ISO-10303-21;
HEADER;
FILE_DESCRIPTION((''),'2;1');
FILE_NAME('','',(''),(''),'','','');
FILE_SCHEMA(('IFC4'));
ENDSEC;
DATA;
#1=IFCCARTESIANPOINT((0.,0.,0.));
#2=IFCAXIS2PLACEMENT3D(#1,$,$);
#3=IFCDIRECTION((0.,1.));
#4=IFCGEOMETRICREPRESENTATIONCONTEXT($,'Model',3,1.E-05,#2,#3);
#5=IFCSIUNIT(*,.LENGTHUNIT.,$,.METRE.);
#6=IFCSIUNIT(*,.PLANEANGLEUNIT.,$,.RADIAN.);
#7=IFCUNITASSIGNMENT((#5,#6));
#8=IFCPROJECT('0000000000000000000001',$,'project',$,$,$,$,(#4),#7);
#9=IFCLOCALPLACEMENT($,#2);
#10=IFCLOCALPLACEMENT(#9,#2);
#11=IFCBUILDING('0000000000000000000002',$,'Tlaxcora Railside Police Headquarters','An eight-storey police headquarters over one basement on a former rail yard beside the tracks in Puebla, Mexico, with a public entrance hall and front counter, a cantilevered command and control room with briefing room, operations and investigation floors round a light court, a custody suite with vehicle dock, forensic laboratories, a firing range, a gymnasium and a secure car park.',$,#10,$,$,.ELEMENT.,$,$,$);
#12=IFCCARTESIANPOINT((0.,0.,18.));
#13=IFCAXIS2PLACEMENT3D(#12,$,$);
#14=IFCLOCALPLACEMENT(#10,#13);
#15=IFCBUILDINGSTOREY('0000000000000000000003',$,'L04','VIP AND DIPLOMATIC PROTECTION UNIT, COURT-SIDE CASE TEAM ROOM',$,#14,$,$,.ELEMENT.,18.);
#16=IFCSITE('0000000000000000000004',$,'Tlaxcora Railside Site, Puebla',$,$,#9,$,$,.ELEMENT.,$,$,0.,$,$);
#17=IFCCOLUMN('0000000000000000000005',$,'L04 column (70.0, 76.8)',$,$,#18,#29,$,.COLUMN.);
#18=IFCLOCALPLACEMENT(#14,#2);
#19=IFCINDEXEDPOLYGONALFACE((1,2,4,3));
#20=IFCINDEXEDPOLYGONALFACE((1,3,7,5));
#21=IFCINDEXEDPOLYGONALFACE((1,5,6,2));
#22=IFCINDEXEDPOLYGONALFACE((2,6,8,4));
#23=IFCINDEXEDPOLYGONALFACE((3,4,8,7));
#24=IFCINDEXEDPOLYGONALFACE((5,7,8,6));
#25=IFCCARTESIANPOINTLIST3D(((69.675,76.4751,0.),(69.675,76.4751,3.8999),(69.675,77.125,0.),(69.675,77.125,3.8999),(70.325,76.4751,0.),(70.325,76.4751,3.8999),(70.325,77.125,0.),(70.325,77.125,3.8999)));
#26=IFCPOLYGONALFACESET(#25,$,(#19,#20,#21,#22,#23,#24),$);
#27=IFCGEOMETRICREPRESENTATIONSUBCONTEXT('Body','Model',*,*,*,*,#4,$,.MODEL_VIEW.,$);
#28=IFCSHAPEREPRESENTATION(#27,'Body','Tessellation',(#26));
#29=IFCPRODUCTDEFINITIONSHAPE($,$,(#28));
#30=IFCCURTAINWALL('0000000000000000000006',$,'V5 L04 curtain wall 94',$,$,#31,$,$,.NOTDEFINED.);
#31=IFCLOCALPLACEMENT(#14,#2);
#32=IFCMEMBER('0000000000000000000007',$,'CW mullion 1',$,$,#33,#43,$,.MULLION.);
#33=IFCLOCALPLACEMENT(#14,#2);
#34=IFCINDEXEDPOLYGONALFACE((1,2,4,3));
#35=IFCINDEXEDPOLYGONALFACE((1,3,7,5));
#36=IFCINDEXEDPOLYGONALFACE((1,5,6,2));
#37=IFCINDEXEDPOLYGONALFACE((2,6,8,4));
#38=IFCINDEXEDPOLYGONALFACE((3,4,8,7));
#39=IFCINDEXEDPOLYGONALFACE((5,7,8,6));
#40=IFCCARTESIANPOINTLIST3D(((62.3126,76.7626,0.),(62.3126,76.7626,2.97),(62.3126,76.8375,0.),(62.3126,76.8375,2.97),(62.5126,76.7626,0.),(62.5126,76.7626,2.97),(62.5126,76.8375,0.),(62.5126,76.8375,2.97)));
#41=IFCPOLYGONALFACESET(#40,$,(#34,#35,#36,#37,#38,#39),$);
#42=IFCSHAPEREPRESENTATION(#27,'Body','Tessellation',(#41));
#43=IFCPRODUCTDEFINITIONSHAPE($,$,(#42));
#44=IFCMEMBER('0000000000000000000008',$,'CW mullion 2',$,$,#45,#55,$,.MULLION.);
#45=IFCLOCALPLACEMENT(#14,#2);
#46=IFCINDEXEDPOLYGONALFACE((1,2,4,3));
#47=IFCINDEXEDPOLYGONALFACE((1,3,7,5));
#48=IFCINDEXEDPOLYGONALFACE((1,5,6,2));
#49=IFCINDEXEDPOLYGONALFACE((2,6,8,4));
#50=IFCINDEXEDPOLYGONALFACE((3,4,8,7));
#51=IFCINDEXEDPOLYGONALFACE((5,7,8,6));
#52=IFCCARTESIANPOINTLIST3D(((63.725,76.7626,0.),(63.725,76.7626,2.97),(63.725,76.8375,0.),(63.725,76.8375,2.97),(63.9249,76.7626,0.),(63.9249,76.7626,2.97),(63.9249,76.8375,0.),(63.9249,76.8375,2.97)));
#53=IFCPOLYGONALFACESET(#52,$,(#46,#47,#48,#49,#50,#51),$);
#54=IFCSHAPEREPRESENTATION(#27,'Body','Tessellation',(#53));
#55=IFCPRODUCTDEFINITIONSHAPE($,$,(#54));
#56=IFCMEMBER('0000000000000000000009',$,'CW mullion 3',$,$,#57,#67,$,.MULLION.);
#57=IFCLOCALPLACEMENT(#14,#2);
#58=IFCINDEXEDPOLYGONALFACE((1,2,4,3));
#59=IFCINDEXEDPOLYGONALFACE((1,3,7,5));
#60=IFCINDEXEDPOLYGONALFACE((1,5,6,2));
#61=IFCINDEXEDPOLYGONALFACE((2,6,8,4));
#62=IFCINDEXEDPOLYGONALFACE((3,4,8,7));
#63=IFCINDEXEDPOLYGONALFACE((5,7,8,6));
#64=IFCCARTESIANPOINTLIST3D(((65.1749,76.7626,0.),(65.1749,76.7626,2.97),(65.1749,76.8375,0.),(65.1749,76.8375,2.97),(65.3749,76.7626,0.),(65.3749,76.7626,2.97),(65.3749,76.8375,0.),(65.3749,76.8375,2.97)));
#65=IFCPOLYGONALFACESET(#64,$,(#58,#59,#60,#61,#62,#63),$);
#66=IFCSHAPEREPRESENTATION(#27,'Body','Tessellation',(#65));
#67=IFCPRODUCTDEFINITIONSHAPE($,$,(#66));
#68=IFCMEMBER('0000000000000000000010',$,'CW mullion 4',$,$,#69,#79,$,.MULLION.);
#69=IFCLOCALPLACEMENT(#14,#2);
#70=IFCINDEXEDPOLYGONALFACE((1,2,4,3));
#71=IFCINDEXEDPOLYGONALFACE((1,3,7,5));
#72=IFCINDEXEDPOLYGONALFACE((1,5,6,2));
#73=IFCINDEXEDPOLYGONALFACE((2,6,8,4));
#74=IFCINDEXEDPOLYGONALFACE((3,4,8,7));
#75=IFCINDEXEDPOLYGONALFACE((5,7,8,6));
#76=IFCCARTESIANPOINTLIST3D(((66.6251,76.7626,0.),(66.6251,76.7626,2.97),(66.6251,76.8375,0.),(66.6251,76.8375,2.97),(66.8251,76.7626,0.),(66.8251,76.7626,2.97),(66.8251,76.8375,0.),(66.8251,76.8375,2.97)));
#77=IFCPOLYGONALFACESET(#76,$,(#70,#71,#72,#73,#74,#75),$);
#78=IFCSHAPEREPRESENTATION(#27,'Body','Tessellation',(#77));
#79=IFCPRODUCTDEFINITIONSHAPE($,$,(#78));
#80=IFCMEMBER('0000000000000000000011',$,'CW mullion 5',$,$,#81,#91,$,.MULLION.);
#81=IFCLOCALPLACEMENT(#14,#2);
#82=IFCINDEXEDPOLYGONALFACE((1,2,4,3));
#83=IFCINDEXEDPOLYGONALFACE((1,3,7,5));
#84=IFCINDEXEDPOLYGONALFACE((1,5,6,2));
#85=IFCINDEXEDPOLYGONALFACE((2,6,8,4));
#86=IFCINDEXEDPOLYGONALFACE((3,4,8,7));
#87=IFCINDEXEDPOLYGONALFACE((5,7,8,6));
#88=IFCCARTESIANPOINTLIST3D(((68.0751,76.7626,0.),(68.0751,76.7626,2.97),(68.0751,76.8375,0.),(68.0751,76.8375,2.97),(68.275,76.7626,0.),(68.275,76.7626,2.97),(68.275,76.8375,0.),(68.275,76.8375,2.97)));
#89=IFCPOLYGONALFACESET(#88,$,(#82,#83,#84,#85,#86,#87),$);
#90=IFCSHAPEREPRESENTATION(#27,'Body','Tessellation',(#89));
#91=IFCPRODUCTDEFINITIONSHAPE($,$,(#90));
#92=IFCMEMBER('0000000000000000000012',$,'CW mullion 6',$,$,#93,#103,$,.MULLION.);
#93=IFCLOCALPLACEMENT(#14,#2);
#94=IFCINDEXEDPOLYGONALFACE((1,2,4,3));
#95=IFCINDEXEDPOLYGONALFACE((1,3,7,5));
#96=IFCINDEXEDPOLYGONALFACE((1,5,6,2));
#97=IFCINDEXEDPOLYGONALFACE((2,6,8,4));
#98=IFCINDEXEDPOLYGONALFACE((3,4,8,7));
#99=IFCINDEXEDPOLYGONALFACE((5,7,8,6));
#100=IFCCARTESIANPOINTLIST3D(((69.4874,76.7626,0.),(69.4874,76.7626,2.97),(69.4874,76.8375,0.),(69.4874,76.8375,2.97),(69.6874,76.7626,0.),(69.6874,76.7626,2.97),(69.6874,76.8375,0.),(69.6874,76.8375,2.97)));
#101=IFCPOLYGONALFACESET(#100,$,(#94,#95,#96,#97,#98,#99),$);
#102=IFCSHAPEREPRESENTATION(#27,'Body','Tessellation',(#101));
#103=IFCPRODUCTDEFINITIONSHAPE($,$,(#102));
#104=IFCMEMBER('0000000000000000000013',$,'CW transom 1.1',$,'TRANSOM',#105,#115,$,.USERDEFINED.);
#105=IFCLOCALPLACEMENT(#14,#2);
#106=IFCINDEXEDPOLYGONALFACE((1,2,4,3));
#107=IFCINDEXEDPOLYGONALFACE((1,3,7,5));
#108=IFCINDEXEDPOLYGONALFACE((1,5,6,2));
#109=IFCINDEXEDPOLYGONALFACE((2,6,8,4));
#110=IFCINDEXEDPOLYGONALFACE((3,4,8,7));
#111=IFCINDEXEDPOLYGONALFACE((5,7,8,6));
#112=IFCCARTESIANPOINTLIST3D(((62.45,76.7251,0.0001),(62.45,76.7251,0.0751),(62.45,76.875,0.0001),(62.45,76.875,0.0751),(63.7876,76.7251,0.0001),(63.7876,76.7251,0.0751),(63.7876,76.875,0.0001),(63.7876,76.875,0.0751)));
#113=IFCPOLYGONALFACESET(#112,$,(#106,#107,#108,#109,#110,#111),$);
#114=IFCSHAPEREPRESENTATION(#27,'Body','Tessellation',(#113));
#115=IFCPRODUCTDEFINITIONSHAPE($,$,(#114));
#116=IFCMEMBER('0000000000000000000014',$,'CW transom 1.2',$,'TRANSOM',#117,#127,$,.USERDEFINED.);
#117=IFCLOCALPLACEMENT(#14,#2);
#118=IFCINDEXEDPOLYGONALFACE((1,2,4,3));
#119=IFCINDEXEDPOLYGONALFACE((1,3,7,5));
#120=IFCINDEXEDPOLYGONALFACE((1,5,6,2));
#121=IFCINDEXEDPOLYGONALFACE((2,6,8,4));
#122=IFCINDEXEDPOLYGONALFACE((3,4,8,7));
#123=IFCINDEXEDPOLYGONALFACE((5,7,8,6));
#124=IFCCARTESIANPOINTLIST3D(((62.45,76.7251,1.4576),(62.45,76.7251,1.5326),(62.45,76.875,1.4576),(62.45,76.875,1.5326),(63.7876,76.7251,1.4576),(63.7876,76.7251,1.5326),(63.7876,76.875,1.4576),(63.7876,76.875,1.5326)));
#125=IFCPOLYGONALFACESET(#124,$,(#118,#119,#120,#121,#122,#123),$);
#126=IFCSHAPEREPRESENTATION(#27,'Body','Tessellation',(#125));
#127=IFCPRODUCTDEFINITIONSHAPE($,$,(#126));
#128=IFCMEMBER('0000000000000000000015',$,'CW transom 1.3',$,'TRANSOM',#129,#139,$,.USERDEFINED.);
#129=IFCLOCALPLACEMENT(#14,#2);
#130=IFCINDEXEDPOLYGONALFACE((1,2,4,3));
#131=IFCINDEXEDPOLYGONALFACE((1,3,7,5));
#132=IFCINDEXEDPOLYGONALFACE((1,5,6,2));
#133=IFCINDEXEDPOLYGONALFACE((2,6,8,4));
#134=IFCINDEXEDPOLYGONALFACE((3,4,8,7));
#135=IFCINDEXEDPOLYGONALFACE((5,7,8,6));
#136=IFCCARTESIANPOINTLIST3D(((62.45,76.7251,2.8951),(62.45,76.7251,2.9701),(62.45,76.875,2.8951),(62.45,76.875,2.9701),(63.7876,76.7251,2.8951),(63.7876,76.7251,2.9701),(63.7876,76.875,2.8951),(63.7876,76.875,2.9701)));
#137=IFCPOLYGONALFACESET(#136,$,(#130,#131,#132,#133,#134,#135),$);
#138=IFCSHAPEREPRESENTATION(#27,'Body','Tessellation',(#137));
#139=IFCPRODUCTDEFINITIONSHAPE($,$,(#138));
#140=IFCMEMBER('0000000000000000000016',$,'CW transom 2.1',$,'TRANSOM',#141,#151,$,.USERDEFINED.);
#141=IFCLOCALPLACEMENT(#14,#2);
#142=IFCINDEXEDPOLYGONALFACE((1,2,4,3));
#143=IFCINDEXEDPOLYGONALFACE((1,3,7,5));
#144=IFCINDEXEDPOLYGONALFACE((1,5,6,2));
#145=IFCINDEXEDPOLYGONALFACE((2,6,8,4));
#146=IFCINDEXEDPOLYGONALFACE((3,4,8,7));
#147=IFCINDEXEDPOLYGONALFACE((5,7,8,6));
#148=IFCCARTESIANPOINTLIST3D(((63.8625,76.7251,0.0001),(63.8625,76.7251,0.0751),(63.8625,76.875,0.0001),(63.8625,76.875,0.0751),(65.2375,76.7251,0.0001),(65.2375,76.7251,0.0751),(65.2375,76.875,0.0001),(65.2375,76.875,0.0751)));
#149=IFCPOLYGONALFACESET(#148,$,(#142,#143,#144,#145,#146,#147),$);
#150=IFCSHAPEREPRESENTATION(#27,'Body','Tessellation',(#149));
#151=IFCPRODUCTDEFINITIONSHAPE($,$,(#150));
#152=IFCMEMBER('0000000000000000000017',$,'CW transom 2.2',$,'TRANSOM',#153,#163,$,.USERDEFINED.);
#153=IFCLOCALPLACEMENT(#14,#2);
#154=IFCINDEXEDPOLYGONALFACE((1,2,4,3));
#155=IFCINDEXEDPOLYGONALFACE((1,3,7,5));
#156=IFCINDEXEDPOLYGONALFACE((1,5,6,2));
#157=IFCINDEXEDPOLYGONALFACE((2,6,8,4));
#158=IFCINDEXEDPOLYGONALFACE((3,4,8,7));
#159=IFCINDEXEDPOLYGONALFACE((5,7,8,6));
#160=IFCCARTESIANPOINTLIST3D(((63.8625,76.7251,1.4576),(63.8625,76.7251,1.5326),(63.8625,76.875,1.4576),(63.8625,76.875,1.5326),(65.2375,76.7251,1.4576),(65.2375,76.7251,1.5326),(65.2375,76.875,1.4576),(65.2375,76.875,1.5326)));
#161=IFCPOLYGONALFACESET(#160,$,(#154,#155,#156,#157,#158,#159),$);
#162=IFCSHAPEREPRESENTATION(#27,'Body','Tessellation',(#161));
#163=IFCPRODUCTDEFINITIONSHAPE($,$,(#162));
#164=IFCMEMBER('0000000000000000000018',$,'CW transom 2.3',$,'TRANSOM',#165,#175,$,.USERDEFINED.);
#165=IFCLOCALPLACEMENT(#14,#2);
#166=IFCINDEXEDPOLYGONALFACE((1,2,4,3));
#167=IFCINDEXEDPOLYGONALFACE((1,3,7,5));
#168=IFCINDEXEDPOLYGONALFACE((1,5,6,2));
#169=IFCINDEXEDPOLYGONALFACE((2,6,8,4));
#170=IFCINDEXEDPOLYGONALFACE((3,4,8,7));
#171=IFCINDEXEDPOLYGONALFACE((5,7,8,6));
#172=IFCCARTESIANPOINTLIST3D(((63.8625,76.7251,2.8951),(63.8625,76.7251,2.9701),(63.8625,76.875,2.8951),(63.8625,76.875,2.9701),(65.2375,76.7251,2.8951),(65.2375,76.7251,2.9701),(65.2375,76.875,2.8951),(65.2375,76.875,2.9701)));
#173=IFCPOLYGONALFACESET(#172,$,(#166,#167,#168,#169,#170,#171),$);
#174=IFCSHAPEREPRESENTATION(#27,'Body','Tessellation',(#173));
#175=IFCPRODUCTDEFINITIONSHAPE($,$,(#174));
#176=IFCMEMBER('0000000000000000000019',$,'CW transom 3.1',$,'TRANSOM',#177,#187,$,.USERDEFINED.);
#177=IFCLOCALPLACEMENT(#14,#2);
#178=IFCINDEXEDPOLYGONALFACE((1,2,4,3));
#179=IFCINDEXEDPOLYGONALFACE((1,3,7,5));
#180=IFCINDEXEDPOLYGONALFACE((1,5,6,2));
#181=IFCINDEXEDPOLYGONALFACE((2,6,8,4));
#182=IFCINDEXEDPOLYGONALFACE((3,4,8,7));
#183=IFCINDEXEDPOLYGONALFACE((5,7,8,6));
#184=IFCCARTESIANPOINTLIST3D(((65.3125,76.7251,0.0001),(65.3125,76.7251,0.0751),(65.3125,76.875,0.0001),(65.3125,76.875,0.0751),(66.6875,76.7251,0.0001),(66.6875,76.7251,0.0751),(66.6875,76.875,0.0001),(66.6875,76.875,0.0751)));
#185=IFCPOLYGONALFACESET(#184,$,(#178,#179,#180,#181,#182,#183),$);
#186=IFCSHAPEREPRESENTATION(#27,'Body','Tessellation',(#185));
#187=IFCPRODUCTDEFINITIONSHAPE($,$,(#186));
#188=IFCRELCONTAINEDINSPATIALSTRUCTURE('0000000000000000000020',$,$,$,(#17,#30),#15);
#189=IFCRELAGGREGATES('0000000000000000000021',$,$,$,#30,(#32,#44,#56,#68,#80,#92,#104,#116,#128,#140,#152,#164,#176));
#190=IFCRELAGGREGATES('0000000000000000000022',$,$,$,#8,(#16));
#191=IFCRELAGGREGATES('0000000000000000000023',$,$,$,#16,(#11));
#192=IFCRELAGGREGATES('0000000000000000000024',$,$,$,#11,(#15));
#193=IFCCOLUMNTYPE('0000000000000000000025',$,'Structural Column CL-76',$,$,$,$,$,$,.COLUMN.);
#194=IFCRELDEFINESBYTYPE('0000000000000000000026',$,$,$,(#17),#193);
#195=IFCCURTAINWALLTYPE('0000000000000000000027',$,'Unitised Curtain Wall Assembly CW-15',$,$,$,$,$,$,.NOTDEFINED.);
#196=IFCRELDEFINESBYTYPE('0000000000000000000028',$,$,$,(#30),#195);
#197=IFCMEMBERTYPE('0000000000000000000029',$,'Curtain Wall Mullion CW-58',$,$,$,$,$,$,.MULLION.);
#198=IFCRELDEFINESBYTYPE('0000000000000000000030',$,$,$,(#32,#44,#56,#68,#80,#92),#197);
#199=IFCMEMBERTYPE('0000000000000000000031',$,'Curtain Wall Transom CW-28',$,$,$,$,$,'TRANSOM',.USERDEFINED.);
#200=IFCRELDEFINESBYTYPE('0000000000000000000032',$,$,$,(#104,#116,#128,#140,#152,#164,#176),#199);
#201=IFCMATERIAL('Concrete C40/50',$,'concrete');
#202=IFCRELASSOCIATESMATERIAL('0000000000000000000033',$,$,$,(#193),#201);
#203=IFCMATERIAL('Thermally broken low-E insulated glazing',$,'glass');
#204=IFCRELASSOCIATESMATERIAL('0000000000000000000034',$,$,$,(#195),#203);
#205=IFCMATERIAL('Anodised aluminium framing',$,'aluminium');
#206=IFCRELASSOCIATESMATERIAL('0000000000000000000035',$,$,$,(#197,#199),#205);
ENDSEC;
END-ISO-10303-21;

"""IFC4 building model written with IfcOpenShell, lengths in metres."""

from ifc_helpers import new_model, si_unit, direction, frame, origin, origin_2d, place, context, subcontext, project, spatial, rectangle, extrude, material, material_profile, profile_set, type_object, element, aggregate, save


model = new_model("IFC4")

# Units and contexts
model_context = context("Model", 3, precision=1e-05, world=origin(), true_north=direction((0.0, 1.0)))
body_context = subcontext(model_context, "Body", "Model", "MODEL_VIEW")
ifc_project = project(units=[si_unit("LENGTHUNIT", "METRE"), si_unit("PLANEANGLEUNIT", "RADIAN")], contexts=[model_context])

# Site, building, storey
site_placement = place(None, origin())
site = spatial("IfcSite", under=ifc_project, at=site_placement, Name="Tlaxcora Railside Site, Puebla", CompositionType="ELEMENT", RefElevation=0.0)
building_placement = place(site_placement, origin())
building = spatial("IfcBuilding", under=site, at=building_placement, Name="Tlaxcora Railside Police Headquarters", Description="An eight-storey police headquarters over one basement on a former rail yard beside the tracks in Puebla, Mexico, with a public entrance hall and front counter, a cantilevered command and control room with briefing room, operations and investigation floors round a light court, a custody suite with vehicle dock, forensic laboratories, a firing range, a gymnasium and a secure car park.", CompositionType="ELEMENT")
storey_placement = place(building_placement, frame((0.0, 0.0, 18.0)))
storey = spatial("IfcBuildingStorey", under=building, at=storey_placement, Name="L04", Description="VIP AND DIPLOMATIC PROTECTION UNIT, COURT-SIDE CASE TEAM ROOM", CompositionType="ELEMENT", Elevation=18.0)

# Column
ifc_material_1 = material(Name="Concrete C40/50", Category="concrete")
ifc_material_profile_1 = material_profile(ifc_material_1, rectangle(XDim=0.6499, YDim=0.6499, at=origin_2d()), Name="RC650X650")
ifc_profile_set_1 = profile_set([ifc_material_profile_1], Name="Concrete C40/50")
column_type = type_object("IfcColumnType", Name="Structural Column CL-76", PredefinedType="COLUMN", material=ifc_profile_set_1)
column_placement = place(storey_placement, frame((70.0, 76.8, 0.0), z_axis=(0.0, 0.0, 1.0), x_axis=(1.0, 0.0, 0.0)))
element("IfcColumn", 1, at=column_placement, inside=storey, type_object=column_type, Name="L04 column (70.0, 76.8)", PredefinedType="COLUMN", context=body_context, shape_type="SweptSolid", body=[
    extrude(rectangle(XDim=0.6499, YDim=0.6499, at=origin_2d()), origin(), (0.0, 0.0, 1.0), 3.8999),
])

# Curtain wall, members
ifc_material_2 = material(Name="Thermally broken low-E insulated glazing", Category="glass")
curtain_wall_type = type_object("IfcCurtainWallType", Name="Unitised Curtain Wall Assembly CW-15", PredefinedType="NOTDEFINED", material=ifc_material_2)
curtain_wall_placement = place(storey_placement, origin())
curtain_wall = element("IfcCurtainWall", 2, at=curtain_wall_placement, inside=storey, type_object=curtain_wall_type, Name="V5 L04 curtain wall 94", PredefinedType="NOTDEFINED")
ifc_material_3 = material(Name="Anodised aluminium framing", Category="aluminium")
ifc_material_profile_2 = material_profile(ifc_material_3, rectangle(XDim=0.075, YDim=0.2, at=origin_2d()), Name="AL75X200")
ifc_profile_set_2 = profile_set([ifc_material_profile_2], Name="Anodised aluminium framing")
member_type_1 = type_object("IfcMemberType", Name="Curtain Wall Mullion CW-58", PredefinedType="MULLION", material=ifc_profile_set_2)
member_1_placement = place(storey_placement, frame((62.4126, 76.8, 0.0), z_axis=(0.0, 0.0, 1.0), x_axis=(0.0, 1.0, 0.0)))
member_1 = element("IfcMember", 3, at=member_1_placement, type_object=member_type_1, Name="CW mullion 1", PredefinedType="MULLION", context=body_context, shape_type="SweptSolid", body=[
    extrude(rectangle(XDim=0.075, YDim=0.2, at=origin_2d()), origin(), (0.0, 0.0, 1.0), 2.97),
])
member_2_placement = place(storey_placement, frame((63.825, 76.8, 0.0), z_axis=(0.0, 0.0, 1.0), x_axis=(0.0, 1.0, 0.0)))
member_2 = element("IfcMember", 4, at=member_2_placement, type_object=member_type_1, Name="CW mullion 2", PredefinedType="MULLION", context=body_context, shape_type="SweptSolid", body=[
    extrude(rectangle(XDim=0.075, YDim=0.2, at=origin_2d()), origin(), (0.0, 0.0, 1.0), 2.97),
])
member_3_placement = place(storey_placement, frame((65.2749, 76.8, 0.0), z_axis=(0.0, 0.0, 1.0), x_axis=(0.0, 1.0, 0.0)))
member_3 = element("IfcMember", 5, at=member_3_placement, type_object=member_type_1, Name="CW mullion 3", PredefinedType="MULLION", context=body_context, shape_type="SweptSolid", body=[
    extrude(rectangle(XDim=0.075, YDim=0.2, at=origin_2d()), origin(), (0.0, 0.0, 1.0), 2.97),
])
member_4_placement = place(storey_placement, frame((66.7251, 76.8, 0.0), z_axis=(0.0, 0.0, 1.0), x_axis=(0.0, 1.0, 0.0)))
member_4 = element("IfcMember", 6, at=member_4_placement, type_object=member_type_1, Name="CW mullion 4", PredefinedType="MULLION", context=body_context, shape_type="SweptSolid", body=[
    extrude(rectangle(XDim=0.075, YDim=0.2, at=origin_2d()), origin(), (0.0, 0.0, 1.0), 2.97),
])
member_5_placement = place(storey_placement, frame((68.175, 76.8, 0.0), z_axis=(0.0, 0.0, 1.0), x_axis=(0.0, 1.0, 0.0)))
member_5 = element("IfcMember", 7, at=member_5_placement, type_object=member_type_1, Name="CW mullion 5", PredefinedType="MULLION", context=body_context, shape_type="SweptSolid", body=[
    extrude(rectangle(XDim=0.075, YDim=0.2, at=origin_2d()), origin(), (0.0, 0.0, 1.0), 2.97),
])
member_6_placement = place(storey_placement, frame((69.5874, 76.8, 0.0), z_axis=(0.0, 0.0, 1.0), x_axis=(0.0, 1.0, 0.0)))
member_6 = element("IfcMember", 8, at=member_6_placement, type_object=member_type_1, Name="CW mullion 6", PredefinedType="MULLION", context=body_context, shape_type="SweptSolid", body=[
    extrude(rectangle(XDim=0.075, YDim=0.2, at=origin_2d()), origin(), (0.0, 0.0, 1.0), 2.97),
])
ifc_material_profile_3 = material_profile(ifc_material_3, rectangle(XDim=0.1499, YDim=0.075, at=origin_2d()), Name="AL75X150")
ifc_profile_set_3 = profile_set([ifc_material_profile_3], Name="Anodised aluminium framing")
member_type_2 = type_object("IfcMemberType", Name="Curtain Wall Transom CW-28", ElementType="TRANSOM", PredefinedType="USERDEFINED", material=ifc_profile_set_3)
member_7_placement = place(storey_placement, frame((62.45, 76.8, 0.0376), z_axis=(1.0, 0.0, 0.0), x_axis=(0.0, 1.0, 0.0)))
member_7 = element("IfcMember", 9, at=member_7_placement, type_object=member_type_2, Name="CW transom 1.1", ObjectType="TRANSOM", PredefinedType="USERDEFINED", context=body_context, shape_type="SweptSolid", body=[
    extrude(rectangle(XDim=0.1499, YDim=0.075, at=origin_2d()), origin(), (0.0, 0.0, 1.0), 1.3376),
])
member_8_placement = place(storey_placement, frame((62.45, 76.8, 1.4951), z_axis=(1.0, 0.0, 0.0), x_axis=(0.0, 1.0, 0.0)))
member_8 = element("IfcMember", 10, at=member_8_placement, type_object=member_type_2, Name="CW transom 1.2", ObjectType="TRANSOM", PredefinedType="USERDEFINED", context=body_context, shape_type="SweptSolid", body=[
    extrude(rectangle(XDim=0.1499, YDim=0.075, at=origin_2d()), origin(), (0.0, 0.0, 1.0), 1.3376),
])
member_9_placement = place(storey_placement, frame((62.45, 76.8, 2.9326), z_axis=(1.0, 0.0, 0.0), x_axis=(0.0, 1.0, 0.0)))
member_9 = element("IfcMember", 11, at=member_9_placement, type_object=member_type_2, Name="CW transom 1.3", ObjectType="TRANSOM", PredefinedType="USERDEFINED", context=body_context, shape_type="SweptSolid", body=[
    extrude(rectangle(XDim=0.1499, YDim=0.075, at=origin_2d()), origin(), (0.0, 0.0, 1.0), 1.3376),
])
member_10_placement = place(storey_placement, frame((63.8625, 76.8, 0.0376), z_axis=(1.0, 0.0, 0.0), x_axis=(0.0, 1.0, 0.0)))
member_10 = element("IfcMember", 12, at=member_10_placement, type_object=member_type_2, Name="CW transom 2.1", ObjectType="TRANSOM", PredefinedType="USERDEFINED", context=body_context, shape_type="SweptSolid", body=[
    extrude(rectangle(XDim=0.1499, YDim=0.075, at=origin_2d()), origin(), (0.0, 0.0, 1.0), 1.375),
])
member_11_placement = place(storey_placement, frame((63.8625, 76.8, 1.4951), z_axis=(1.0, 0.0, 0.0), x_axis=(0.0, 1.0, 0.0)))
member_11 = element("IfcMember", 13, at=member_11_placement, type_object=member_type_2, Name="CW transom 2.2", ObjectType="TRANSOM", PredefinedType="USERDEFINED", context=body_context, shape_type="SweptSolid", body=[
    extrude(rectangle(XDim=0.1499, YDim=0.075, at=origin_2d()), origin(), (0.0, 0.0, 1.0), 1.375),
])
member_12_placement = place(storey_placement, frame((63.8625, 76.8, 2.9326), z_axis=(1.0, 0.0, 0.0), x_axis=(0.0, 1.0, 0.0)))
member_12 = element("IfcMember", 14, at=member_12_placement, type_object=member_type_2, Name="CW transom 2.3", ObjectType="TRANSOM", PredefinedType="USERDEFINED", context=body_context, shape_type="SweptSolid", body=[
    extrude(rectangle(XDim=0.1499, YDim=0.075, at=origin_2d()), origin(), (0.0, 0.0, 1.0), 1.375),
])
member_13_placement = place(storey_placement, frame((65.3125, 76.8, 0.0376), z_axis=(1.0, 0.0, 0.0), x_axis=(0.0, 1.0, 0.0)))
member_13 = element("IfcMember", 15, at=member_13_placement, type_object=member_type_2, Name="CW transom 3.1", ObjectType="TRANSOM", PredefinedType="USERDEFINED", context=body_context, shape_type="SweptSolid", body=[
    extrude(rectangle(XDim=0.1499, YDim=0.075, at=origin_2d()), origin(), (0.0, 0.0, 1.0), 1.375),
])
aggregate(curtain_wall, [member_1, member_2, member_3, member_4, member_5, member_6, member_7, member_8, member_9, member_10, member_11, member_12, member_13])

save(model, "model.ifc")
